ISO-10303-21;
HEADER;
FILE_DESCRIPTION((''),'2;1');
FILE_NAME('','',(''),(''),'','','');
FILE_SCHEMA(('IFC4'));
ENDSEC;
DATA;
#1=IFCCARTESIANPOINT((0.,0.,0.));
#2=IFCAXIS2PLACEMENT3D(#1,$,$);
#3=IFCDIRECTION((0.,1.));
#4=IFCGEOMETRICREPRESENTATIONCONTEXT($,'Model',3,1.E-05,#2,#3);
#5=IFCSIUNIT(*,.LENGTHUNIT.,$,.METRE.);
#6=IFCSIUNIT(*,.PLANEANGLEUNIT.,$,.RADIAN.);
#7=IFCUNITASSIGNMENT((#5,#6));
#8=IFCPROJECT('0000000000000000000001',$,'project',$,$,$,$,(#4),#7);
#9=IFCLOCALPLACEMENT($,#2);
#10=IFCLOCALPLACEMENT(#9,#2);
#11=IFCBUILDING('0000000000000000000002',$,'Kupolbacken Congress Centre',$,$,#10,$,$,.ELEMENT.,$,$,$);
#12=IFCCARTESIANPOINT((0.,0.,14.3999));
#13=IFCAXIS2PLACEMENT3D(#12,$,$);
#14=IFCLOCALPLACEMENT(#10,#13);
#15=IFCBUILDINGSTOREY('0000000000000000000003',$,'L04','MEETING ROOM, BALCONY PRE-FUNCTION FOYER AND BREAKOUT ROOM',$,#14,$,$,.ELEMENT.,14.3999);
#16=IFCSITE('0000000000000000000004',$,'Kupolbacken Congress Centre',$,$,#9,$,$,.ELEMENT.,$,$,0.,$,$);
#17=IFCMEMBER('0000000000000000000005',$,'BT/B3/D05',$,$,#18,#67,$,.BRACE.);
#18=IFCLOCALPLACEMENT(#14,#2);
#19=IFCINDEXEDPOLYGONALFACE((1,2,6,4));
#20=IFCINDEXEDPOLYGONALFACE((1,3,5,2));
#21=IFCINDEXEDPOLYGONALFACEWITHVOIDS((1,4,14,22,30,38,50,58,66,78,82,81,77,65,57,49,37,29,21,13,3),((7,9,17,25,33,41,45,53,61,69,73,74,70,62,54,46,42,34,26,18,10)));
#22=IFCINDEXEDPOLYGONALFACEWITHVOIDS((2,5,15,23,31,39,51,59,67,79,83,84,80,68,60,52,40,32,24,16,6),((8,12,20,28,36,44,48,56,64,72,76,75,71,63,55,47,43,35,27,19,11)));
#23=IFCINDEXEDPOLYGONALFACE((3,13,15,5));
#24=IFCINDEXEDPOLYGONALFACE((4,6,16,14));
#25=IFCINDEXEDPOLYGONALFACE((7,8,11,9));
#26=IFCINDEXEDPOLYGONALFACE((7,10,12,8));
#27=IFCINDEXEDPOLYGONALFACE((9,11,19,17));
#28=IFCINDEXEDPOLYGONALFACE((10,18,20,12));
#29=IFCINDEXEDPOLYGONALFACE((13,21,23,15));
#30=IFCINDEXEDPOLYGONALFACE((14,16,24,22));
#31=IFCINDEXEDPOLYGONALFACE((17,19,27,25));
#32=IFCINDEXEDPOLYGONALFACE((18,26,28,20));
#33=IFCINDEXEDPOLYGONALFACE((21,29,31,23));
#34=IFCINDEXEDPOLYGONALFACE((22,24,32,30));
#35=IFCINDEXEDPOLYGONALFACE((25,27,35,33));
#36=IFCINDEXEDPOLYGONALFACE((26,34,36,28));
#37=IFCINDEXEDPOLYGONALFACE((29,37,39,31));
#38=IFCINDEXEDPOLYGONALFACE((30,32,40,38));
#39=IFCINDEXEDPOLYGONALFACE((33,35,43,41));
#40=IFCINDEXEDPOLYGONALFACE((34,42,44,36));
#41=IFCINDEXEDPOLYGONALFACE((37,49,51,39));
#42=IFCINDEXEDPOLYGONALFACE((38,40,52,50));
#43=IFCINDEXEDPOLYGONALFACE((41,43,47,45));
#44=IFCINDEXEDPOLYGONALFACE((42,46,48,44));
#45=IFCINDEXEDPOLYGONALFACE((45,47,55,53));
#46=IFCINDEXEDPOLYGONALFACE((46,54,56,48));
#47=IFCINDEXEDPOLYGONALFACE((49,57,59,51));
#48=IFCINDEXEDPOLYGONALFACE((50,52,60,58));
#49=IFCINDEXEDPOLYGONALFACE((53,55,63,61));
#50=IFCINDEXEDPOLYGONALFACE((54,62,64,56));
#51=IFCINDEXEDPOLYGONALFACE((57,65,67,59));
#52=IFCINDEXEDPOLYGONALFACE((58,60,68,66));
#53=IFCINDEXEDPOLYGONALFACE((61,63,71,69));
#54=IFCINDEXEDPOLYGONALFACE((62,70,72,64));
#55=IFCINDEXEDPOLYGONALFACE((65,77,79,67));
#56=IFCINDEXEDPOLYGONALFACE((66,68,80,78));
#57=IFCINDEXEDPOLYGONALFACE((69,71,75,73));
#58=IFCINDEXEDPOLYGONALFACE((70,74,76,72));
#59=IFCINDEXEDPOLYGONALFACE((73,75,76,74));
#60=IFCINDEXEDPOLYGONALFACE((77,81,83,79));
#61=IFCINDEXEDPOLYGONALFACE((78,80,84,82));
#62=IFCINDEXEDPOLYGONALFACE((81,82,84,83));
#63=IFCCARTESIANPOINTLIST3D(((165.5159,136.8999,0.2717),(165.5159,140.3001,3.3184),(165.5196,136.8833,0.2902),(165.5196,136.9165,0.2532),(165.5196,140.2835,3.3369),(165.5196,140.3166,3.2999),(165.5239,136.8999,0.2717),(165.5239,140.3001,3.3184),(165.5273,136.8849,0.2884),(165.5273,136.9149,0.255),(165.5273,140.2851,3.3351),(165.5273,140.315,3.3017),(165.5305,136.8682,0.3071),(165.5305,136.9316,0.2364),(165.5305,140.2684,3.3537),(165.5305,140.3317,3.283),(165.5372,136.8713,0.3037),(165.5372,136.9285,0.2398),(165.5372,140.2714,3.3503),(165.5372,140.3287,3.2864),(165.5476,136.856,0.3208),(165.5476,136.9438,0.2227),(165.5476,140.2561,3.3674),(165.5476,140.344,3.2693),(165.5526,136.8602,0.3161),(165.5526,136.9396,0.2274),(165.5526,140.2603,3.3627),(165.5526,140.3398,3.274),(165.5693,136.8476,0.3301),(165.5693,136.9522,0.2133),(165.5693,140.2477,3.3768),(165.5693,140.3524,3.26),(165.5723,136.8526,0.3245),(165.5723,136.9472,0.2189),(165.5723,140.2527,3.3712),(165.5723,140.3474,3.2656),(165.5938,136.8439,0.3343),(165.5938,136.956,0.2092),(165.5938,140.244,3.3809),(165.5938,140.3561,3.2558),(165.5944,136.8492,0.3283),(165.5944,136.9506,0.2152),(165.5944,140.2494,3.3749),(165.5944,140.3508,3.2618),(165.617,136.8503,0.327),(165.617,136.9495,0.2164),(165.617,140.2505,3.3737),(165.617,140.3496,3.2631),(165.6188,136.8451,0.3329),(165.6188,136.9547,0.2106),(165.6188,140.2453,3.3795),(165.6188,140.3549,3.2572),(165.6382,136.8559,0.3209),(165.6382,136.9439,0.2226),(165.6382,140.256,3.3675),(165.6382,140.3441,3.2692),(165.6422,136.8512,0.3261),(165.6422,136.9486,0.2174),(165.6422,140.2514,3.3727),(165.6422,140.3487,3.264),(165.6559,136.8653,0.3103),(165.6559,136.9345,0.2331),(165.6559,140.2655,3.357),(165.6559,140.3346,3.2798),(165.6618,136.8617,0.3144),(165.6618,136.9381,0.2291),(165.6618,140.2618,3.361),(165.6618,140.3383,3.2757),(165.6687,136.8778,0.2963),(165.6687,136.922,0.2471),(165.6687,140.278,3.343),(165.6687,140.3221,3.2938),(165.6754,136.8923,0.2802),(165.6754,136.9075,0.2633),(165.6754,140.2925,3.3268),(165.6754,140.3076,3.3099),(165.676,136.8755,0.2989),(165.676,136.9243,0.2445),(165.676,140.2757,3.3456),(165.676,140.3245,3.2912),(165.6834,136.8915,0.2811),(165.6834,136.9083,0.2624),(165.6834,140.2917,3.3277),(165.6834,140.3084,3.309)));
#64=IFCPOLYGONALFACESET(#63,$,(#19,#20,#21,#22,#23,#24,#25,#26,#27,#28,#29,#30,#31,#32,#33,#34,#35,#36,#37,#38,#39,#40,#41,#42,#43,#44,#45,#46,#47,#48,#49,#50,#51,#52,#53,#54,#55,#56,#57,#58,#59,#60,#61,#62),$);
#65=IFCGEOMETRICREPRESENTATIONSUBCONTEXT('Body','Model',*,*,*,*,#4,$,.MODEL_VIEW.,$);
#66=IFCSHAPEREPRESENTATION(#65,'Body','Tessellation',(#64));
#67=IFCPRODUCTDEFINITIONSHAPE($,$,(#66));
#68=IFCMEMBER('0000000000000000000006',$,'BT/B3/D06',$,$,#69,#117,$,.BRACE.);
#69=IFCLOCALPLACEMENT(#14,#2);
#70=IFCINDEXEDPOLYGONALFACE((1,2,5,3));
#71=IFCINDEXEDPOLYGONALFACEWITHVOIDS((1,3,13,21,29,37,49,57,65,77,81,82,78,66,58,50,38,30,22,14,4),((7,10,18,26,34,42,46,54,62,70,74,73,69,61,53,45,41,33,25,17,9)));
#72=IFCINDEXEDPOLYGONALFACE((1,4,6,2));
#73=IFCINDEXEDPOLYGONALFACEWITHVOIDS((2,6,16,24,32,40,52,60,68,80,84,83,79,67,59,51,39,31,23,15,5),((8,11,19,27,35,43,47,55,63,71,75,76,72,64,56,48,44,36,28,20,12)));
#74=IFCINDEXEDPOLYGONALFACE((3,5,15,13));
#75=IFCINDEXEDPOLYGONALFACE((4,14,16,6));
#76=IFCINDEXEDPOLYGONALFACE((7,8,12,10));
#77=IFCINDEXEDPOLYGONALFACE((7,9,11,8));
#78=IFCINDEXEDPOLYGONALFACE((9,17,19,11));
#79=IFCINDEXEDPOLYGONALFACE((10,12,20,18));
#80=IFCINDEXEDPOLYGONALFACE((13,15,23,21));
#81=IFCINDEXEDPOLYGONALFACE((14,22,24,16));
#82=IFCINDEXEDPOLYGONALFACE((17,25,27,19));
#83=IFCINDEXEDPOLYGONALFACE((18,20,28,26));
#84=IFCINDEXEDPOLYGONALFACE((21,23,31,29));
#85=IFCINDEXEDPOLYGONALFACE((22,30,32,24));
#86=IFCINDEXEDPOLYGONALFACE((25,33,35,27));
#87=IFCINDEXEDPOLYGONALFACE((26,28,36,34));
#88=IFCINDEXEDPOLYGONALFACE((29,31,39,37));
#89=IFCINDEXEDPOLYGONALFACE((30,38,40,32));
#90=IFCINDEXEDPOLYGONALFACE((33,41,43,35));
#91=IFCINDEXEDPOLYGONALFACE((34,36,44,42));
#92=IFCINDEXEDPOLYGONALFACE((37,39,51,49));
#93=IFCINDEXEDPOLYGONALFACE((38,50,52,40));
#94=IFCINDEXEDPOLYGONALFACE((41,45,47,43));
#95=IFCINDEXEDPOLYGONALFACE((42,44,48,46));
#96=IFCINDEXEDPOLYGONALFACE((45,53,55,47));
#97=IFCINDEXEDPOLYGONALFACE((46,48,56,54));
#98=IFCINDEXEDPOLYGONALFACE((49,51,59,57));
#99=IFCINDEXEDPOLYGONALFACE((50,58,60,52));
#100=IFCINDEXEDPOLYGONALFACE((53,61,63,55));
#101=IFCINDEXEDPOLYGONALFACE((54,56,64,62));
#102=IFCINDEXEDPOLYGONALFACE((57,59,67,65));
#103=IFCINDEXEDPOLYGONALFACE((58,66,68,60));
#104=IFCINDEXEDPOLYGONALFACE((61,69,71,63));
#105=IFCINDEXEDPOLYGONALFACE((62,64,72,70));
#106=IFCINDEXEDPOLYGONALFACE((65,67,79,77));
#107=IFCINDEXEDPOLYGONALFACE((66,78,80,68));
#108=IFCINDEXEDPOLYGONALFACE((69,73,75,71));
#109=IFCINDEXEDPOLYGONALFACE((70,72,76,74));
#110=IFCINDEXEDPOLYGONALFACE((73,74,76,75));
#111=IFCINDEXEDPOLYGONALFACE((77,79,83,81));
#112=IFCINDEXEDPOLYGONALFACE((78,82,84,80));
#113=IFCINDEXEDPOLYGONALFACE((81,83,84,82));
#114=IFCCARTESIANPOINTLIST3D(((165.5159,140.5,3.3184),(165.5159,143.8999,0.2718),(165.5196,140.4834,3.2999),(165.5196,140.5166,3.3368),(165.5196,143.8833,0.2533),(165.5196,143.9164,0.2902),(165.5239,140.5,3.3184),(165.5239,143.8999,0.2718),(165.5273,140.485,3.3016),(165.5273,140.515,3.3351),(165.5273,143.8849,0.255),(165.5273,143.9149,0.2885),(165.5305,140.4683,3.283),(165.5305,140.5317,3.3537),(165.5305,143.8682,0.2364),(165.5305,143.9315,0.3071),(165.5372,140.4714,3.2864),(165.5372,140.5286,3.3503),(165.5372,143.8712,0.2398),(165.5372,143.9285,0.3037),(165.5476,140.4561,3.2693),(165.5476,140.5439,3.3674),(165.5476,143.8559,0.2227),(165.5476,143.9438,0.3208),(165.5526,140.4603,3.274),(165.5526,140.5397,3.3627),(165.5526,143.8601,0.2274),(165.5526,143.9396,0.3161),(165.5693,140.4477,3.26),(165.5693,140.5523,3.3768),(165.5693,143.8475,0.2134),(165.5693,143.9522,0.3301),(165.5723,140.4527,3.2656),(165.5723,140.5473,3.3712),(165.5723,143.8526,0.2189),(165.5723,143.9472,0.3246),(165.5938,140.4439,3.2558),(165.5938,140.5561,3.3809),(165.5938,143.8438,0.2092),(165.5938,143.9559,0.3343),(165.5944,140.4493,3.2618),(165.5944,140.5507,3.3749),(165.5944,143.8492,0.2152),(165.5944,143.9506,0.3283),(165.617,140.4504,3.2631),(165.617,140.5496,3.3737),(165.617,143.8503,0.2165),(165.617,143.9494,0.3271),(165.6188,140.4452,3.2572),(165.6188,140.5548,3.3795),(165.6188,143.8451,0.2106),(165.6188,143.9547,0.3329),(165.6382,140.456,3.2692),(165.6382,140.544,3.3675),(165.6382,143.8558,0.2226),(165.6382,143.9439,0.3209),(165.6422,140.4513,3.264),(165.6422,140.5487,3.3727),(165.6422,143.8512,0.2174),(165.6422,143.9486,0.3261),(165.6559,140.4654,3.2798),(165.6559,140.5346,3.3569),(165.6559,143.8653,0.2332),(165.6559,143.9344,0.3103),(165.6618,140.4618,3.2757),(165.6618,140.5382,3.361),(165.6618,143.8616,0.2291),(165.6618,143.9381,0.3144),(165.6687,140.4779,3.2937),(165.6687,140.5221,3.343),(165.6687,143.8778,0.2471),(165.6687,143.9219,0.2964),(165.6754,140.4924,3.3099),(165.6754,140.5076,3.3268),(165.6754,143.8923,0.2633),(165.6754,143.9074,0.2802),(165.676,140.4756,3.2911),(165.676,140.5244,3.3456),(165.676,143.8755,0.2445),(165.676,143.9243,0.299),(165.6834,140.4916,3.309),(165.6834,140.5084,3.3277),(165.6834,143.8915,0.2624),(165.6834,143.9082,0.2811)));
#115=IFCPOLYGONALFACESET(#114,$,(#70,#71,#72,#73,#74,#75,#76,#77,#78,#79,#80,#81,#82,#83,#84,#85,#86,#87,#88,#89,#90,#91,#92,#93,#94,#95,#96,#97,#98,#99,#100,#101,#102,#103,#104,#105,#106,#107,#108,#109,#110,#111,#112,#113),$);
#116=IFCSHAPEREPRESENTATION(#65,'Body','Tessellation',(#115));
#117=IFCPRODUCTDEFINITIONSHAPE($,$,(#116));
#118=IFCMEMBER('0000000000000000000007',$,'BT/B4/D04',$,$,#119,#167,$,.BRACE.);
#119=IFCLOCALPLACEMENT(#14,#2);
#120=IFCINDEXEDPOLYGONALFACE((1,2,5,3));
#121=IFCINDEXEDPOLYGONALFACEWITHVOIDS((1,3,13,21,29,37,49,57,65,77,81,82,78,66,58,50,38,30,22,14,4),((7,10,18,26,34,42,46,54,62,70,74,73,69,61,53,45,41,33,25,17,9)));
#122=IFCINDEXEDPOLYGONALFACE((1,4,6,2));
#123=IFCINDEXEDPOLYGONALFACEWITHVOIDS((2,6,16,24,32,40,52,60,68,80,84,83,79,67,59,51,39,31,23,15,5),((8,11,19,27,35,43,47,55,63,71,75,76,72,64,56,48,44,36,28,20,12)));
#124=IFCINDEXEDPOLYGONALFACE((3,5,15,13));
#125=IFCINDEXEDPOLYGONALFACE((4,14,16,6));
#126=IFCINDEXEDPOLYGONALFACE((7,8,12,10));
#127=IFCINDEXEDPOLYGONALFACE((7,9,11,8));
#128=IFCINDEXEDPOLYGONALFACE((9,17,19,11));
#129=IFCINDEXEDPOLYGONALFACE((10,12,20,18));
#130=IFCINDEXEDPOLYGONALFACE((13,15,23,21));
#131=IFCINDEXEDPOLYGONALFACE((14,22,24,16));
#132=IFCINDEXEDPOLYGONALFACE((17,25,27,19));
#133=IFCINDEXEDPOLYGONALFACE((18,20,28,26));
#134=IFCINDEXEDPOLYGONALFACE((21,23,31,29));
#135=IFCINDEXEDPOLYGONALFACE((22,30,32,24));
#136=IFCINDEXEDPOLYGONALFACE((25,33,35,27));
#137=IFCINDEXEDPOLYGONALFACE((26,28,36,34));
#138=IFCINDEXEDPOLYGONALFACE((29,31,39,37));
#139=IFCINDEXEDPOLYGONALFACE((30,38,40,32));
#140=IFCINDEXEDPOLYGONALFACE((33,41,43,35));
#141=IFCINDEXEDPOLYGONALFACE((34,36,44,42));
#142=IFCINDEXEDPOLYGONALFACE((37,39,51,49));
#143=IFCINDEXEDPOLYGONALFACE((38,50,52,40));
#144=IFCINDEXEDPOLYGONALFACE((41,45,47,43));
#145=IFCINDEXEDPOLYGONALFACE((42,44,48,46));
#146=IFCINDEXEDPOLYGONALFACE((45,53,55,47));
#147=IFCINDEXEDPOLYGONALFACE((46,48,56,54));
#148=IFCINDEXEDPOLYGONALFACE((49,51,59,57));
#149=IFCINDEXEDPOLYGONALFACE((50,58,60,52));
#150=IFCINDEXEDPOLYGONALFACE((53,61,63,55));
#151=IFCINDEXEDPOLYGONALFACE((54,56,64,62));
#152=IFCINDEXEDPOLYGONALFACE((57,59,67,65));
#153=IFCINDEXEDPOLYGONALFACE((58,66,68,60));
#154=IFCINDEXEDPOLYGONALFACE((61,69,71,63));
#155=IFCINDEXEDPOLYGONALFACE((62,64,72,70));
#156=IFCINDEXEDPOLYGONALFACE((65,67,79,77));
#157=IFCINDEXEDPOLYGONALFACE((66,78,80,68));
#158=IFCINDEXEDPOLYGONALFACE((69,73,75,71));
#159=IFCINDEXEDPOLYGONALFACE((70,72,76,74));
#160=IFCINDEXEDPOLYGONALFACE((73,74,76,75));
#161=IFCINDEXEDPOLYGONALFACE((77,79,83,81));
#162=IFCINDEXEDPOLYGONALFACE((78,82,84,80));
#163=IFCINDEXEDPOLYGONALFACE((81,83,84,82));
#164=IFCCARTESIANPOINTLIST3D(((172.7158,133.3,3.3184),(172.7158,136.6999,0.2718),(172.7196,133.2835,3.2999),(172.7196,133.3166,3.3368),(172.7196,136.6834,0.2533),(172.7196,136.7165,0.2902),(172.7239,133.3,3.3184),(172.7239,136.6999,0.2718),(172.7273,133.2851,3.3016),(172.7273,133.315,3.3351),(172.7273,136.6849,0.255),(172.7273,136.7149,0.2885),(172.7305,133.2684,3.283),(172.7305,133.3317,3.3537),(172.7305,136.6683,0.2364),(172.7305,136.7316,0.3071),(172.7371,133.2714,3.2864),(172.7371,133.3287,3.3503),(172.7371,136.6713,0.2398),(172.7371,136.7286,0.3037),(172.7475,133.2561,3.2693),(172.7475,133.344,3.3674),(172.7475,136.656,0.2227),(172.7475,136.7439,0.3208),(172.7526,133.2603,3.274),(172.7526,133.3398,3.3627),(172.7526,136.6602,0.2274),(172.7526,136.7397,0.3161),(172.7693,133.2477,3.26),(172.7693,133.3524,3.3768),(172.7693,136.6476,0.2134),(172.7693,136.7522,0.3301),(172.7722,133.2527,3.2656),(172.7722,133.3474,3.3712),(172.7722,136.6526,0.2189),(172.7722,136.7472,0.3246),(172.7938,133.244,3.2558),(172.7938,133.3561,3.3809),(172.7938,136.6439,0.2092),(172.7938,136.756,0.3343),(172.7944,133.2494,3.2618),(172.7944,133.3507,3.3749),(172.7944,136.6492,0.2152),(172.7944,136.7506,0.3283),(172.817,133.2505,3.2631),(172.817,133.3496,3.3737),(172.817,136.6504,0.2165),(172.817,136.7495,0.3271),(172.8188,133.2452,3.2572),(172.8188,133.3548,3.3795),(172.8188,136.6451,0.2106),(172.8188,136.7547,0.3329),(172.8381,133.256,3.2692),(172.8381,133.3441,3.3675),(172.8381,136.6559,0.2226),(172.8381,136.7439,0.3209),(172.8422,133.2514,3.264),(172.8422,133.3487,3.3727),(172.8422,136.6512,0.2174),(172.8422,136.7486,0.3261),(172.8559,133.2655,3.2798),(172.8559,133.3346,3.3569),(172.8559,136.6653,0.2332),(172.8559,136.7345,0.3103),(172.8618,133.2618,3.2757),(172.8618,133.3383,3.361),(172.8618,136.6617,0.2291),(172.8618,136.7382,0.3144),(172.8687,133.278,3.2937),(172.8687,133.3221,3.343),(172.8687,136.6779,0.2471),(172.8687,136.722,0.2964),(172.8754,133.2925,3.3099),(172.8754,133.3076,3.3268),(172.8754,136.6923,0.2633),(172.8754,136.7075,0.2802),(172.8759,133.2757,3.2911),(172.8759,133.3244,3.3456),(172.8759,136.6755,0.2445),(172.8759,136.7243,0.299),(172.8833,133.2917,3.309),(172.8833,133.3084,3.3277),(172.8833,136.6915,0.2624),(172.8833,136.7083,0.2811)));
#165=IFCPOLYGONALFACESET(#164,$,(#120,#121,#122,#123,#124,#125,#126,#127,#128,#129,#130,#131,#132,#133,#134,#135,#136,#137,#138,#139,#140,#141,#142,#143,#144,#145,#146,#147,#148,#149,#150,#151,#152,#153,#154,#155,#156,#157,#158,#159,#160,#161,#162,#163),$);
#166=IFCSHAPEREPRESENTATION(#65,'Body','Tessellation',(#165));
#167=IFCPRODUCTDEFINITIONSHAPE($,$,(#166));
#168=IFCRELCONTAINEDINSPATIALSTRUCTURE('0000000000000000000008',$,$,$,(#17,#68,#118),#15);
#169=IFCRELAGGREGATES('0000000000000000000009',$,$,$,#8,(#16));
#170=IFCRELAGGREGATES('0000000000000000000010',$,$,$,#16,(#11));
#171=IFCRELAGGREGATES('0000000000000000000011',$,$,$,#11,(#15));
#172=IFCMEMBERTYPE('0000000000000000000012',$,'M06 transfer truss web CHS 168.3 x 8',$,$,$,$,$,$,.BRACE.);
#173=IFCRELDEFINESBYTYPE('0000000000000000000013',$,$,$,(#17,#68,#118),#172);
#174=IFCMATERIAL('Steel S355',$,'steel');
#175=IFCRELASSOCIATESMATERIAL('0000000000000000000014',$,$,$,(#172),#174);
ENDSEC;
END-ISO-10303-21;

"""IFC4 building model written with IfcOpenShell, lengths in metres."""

from ifc_helpers import new_model, si_unit, direction, frame, origin, origin_2d, place, context, subcontext, project, spatial, hollow_circle, extrude, material, material_profile, profile_set, type_object, element, save


model = new_model("IFC4")

# Units and contexts
model_context = context("Model", 3, precision=1e-05, world=origin(), true_north=direction((0.0, 1.0)))
body_context = subcontext(model_context, "Body", "Model", "MODEL_VIEW")
ifc_project = project(units=[si_unit("LENGTHUNIT", "METRE"), si_unit("PLANEANGLEUNIT", "RADIAN")], contexts=[model_context])

# Site, building, storey
site_placement = place(None, origin())
site = spatial("IfcSite", under=ifc_project, at=site_placement, Name="Kupolbacken Congress Centre", CompositionType="ELEMENT", RefElevation=0.0)
building_placement = place(site_placement, origin())
building = spatial("IfcBuilding", under=site, at=building_placement, Name="Kupolbacken Congress Centre", CompositionType="ELEMENT")
storey_placement = place(building_placement, frame((0.0, 0.0, 14.3999)))
storey = spatial("IfcBuildingStorey", under=building, at=storey_placement, Name="L04", Description="MEETING ROOM, BALCONY PRE-FUNCTION FOYER AND BREAKOUT ROOM", CompositionType="ELEMENT", Elevation=14.3999)

# Members
ifc_material_1 = material(Name="Steel S355", Category="steel")
ifc_material_profile_1 = material_profile(ifc_material_1, hollow_circle(Radius=0.0842, WallThickness=0.0081, at=origin_2d()), Name="CHS 168.3 x 8")
ifc_profile_set_1 = profile_set([ifc_material_profile_1], Name="Steel S355")
member_type_1 = type_object("IfcMemberType", Name="M06 transfer truss web CHS 168.3 x 8", PredefinedType="BRACE", material=ifc_profile_set_1)
member_1_placement = place(storey_placement, frame((165.6001, 136.8999, 0.2717), z_axis=(0.0, 0.744763, 0.667329), x_axis=(-1.0, 0.0, 0.0)))
element("IfcMember", 1, at=member_1_placement, inside=storey, type_object=member_type_1, Name="BT/B3/D05", PredefinedType="BRACE", context=body_context, shape_type="SweptSolid", body=[
    extrude(hollow_circle(Radius=0.0842, WallThickness=0.0081, at=origin_2d()), origin(), (0.0, 0.0, 1.0), 4.5654),
])
for number, where, z_axis, x_axis, name in (
    (2, (165.6001, 140.5, 3.3184), (0.0, 0.744739, -0.667356), (-1.0, 0.0, 0.0), "BT/B3/D06"),
    (3, (172.8, 133.3, 3.3184), (0.0, 0.744739, -0.667356), (-1.0, 0.0, 0.0), "BT/B4/D04"),
):
    element("IfcMember", number, at=place(storey_placement, frame(where, z_axis=z_axis, x_axis=x_axis)), inside=storey, type_object=member_type_1, Name=name, PredefinedType="BRACE", context=body_context, shape_type="SweptSolid", body=[
        extrude(hollow_circle(Radius=0.0842, WallThickness=0.0081, at=origin_2d()), origin(), (0.0, 0.0, 1.0), 4.5652),
    ])

save(model, "model.ifc")
